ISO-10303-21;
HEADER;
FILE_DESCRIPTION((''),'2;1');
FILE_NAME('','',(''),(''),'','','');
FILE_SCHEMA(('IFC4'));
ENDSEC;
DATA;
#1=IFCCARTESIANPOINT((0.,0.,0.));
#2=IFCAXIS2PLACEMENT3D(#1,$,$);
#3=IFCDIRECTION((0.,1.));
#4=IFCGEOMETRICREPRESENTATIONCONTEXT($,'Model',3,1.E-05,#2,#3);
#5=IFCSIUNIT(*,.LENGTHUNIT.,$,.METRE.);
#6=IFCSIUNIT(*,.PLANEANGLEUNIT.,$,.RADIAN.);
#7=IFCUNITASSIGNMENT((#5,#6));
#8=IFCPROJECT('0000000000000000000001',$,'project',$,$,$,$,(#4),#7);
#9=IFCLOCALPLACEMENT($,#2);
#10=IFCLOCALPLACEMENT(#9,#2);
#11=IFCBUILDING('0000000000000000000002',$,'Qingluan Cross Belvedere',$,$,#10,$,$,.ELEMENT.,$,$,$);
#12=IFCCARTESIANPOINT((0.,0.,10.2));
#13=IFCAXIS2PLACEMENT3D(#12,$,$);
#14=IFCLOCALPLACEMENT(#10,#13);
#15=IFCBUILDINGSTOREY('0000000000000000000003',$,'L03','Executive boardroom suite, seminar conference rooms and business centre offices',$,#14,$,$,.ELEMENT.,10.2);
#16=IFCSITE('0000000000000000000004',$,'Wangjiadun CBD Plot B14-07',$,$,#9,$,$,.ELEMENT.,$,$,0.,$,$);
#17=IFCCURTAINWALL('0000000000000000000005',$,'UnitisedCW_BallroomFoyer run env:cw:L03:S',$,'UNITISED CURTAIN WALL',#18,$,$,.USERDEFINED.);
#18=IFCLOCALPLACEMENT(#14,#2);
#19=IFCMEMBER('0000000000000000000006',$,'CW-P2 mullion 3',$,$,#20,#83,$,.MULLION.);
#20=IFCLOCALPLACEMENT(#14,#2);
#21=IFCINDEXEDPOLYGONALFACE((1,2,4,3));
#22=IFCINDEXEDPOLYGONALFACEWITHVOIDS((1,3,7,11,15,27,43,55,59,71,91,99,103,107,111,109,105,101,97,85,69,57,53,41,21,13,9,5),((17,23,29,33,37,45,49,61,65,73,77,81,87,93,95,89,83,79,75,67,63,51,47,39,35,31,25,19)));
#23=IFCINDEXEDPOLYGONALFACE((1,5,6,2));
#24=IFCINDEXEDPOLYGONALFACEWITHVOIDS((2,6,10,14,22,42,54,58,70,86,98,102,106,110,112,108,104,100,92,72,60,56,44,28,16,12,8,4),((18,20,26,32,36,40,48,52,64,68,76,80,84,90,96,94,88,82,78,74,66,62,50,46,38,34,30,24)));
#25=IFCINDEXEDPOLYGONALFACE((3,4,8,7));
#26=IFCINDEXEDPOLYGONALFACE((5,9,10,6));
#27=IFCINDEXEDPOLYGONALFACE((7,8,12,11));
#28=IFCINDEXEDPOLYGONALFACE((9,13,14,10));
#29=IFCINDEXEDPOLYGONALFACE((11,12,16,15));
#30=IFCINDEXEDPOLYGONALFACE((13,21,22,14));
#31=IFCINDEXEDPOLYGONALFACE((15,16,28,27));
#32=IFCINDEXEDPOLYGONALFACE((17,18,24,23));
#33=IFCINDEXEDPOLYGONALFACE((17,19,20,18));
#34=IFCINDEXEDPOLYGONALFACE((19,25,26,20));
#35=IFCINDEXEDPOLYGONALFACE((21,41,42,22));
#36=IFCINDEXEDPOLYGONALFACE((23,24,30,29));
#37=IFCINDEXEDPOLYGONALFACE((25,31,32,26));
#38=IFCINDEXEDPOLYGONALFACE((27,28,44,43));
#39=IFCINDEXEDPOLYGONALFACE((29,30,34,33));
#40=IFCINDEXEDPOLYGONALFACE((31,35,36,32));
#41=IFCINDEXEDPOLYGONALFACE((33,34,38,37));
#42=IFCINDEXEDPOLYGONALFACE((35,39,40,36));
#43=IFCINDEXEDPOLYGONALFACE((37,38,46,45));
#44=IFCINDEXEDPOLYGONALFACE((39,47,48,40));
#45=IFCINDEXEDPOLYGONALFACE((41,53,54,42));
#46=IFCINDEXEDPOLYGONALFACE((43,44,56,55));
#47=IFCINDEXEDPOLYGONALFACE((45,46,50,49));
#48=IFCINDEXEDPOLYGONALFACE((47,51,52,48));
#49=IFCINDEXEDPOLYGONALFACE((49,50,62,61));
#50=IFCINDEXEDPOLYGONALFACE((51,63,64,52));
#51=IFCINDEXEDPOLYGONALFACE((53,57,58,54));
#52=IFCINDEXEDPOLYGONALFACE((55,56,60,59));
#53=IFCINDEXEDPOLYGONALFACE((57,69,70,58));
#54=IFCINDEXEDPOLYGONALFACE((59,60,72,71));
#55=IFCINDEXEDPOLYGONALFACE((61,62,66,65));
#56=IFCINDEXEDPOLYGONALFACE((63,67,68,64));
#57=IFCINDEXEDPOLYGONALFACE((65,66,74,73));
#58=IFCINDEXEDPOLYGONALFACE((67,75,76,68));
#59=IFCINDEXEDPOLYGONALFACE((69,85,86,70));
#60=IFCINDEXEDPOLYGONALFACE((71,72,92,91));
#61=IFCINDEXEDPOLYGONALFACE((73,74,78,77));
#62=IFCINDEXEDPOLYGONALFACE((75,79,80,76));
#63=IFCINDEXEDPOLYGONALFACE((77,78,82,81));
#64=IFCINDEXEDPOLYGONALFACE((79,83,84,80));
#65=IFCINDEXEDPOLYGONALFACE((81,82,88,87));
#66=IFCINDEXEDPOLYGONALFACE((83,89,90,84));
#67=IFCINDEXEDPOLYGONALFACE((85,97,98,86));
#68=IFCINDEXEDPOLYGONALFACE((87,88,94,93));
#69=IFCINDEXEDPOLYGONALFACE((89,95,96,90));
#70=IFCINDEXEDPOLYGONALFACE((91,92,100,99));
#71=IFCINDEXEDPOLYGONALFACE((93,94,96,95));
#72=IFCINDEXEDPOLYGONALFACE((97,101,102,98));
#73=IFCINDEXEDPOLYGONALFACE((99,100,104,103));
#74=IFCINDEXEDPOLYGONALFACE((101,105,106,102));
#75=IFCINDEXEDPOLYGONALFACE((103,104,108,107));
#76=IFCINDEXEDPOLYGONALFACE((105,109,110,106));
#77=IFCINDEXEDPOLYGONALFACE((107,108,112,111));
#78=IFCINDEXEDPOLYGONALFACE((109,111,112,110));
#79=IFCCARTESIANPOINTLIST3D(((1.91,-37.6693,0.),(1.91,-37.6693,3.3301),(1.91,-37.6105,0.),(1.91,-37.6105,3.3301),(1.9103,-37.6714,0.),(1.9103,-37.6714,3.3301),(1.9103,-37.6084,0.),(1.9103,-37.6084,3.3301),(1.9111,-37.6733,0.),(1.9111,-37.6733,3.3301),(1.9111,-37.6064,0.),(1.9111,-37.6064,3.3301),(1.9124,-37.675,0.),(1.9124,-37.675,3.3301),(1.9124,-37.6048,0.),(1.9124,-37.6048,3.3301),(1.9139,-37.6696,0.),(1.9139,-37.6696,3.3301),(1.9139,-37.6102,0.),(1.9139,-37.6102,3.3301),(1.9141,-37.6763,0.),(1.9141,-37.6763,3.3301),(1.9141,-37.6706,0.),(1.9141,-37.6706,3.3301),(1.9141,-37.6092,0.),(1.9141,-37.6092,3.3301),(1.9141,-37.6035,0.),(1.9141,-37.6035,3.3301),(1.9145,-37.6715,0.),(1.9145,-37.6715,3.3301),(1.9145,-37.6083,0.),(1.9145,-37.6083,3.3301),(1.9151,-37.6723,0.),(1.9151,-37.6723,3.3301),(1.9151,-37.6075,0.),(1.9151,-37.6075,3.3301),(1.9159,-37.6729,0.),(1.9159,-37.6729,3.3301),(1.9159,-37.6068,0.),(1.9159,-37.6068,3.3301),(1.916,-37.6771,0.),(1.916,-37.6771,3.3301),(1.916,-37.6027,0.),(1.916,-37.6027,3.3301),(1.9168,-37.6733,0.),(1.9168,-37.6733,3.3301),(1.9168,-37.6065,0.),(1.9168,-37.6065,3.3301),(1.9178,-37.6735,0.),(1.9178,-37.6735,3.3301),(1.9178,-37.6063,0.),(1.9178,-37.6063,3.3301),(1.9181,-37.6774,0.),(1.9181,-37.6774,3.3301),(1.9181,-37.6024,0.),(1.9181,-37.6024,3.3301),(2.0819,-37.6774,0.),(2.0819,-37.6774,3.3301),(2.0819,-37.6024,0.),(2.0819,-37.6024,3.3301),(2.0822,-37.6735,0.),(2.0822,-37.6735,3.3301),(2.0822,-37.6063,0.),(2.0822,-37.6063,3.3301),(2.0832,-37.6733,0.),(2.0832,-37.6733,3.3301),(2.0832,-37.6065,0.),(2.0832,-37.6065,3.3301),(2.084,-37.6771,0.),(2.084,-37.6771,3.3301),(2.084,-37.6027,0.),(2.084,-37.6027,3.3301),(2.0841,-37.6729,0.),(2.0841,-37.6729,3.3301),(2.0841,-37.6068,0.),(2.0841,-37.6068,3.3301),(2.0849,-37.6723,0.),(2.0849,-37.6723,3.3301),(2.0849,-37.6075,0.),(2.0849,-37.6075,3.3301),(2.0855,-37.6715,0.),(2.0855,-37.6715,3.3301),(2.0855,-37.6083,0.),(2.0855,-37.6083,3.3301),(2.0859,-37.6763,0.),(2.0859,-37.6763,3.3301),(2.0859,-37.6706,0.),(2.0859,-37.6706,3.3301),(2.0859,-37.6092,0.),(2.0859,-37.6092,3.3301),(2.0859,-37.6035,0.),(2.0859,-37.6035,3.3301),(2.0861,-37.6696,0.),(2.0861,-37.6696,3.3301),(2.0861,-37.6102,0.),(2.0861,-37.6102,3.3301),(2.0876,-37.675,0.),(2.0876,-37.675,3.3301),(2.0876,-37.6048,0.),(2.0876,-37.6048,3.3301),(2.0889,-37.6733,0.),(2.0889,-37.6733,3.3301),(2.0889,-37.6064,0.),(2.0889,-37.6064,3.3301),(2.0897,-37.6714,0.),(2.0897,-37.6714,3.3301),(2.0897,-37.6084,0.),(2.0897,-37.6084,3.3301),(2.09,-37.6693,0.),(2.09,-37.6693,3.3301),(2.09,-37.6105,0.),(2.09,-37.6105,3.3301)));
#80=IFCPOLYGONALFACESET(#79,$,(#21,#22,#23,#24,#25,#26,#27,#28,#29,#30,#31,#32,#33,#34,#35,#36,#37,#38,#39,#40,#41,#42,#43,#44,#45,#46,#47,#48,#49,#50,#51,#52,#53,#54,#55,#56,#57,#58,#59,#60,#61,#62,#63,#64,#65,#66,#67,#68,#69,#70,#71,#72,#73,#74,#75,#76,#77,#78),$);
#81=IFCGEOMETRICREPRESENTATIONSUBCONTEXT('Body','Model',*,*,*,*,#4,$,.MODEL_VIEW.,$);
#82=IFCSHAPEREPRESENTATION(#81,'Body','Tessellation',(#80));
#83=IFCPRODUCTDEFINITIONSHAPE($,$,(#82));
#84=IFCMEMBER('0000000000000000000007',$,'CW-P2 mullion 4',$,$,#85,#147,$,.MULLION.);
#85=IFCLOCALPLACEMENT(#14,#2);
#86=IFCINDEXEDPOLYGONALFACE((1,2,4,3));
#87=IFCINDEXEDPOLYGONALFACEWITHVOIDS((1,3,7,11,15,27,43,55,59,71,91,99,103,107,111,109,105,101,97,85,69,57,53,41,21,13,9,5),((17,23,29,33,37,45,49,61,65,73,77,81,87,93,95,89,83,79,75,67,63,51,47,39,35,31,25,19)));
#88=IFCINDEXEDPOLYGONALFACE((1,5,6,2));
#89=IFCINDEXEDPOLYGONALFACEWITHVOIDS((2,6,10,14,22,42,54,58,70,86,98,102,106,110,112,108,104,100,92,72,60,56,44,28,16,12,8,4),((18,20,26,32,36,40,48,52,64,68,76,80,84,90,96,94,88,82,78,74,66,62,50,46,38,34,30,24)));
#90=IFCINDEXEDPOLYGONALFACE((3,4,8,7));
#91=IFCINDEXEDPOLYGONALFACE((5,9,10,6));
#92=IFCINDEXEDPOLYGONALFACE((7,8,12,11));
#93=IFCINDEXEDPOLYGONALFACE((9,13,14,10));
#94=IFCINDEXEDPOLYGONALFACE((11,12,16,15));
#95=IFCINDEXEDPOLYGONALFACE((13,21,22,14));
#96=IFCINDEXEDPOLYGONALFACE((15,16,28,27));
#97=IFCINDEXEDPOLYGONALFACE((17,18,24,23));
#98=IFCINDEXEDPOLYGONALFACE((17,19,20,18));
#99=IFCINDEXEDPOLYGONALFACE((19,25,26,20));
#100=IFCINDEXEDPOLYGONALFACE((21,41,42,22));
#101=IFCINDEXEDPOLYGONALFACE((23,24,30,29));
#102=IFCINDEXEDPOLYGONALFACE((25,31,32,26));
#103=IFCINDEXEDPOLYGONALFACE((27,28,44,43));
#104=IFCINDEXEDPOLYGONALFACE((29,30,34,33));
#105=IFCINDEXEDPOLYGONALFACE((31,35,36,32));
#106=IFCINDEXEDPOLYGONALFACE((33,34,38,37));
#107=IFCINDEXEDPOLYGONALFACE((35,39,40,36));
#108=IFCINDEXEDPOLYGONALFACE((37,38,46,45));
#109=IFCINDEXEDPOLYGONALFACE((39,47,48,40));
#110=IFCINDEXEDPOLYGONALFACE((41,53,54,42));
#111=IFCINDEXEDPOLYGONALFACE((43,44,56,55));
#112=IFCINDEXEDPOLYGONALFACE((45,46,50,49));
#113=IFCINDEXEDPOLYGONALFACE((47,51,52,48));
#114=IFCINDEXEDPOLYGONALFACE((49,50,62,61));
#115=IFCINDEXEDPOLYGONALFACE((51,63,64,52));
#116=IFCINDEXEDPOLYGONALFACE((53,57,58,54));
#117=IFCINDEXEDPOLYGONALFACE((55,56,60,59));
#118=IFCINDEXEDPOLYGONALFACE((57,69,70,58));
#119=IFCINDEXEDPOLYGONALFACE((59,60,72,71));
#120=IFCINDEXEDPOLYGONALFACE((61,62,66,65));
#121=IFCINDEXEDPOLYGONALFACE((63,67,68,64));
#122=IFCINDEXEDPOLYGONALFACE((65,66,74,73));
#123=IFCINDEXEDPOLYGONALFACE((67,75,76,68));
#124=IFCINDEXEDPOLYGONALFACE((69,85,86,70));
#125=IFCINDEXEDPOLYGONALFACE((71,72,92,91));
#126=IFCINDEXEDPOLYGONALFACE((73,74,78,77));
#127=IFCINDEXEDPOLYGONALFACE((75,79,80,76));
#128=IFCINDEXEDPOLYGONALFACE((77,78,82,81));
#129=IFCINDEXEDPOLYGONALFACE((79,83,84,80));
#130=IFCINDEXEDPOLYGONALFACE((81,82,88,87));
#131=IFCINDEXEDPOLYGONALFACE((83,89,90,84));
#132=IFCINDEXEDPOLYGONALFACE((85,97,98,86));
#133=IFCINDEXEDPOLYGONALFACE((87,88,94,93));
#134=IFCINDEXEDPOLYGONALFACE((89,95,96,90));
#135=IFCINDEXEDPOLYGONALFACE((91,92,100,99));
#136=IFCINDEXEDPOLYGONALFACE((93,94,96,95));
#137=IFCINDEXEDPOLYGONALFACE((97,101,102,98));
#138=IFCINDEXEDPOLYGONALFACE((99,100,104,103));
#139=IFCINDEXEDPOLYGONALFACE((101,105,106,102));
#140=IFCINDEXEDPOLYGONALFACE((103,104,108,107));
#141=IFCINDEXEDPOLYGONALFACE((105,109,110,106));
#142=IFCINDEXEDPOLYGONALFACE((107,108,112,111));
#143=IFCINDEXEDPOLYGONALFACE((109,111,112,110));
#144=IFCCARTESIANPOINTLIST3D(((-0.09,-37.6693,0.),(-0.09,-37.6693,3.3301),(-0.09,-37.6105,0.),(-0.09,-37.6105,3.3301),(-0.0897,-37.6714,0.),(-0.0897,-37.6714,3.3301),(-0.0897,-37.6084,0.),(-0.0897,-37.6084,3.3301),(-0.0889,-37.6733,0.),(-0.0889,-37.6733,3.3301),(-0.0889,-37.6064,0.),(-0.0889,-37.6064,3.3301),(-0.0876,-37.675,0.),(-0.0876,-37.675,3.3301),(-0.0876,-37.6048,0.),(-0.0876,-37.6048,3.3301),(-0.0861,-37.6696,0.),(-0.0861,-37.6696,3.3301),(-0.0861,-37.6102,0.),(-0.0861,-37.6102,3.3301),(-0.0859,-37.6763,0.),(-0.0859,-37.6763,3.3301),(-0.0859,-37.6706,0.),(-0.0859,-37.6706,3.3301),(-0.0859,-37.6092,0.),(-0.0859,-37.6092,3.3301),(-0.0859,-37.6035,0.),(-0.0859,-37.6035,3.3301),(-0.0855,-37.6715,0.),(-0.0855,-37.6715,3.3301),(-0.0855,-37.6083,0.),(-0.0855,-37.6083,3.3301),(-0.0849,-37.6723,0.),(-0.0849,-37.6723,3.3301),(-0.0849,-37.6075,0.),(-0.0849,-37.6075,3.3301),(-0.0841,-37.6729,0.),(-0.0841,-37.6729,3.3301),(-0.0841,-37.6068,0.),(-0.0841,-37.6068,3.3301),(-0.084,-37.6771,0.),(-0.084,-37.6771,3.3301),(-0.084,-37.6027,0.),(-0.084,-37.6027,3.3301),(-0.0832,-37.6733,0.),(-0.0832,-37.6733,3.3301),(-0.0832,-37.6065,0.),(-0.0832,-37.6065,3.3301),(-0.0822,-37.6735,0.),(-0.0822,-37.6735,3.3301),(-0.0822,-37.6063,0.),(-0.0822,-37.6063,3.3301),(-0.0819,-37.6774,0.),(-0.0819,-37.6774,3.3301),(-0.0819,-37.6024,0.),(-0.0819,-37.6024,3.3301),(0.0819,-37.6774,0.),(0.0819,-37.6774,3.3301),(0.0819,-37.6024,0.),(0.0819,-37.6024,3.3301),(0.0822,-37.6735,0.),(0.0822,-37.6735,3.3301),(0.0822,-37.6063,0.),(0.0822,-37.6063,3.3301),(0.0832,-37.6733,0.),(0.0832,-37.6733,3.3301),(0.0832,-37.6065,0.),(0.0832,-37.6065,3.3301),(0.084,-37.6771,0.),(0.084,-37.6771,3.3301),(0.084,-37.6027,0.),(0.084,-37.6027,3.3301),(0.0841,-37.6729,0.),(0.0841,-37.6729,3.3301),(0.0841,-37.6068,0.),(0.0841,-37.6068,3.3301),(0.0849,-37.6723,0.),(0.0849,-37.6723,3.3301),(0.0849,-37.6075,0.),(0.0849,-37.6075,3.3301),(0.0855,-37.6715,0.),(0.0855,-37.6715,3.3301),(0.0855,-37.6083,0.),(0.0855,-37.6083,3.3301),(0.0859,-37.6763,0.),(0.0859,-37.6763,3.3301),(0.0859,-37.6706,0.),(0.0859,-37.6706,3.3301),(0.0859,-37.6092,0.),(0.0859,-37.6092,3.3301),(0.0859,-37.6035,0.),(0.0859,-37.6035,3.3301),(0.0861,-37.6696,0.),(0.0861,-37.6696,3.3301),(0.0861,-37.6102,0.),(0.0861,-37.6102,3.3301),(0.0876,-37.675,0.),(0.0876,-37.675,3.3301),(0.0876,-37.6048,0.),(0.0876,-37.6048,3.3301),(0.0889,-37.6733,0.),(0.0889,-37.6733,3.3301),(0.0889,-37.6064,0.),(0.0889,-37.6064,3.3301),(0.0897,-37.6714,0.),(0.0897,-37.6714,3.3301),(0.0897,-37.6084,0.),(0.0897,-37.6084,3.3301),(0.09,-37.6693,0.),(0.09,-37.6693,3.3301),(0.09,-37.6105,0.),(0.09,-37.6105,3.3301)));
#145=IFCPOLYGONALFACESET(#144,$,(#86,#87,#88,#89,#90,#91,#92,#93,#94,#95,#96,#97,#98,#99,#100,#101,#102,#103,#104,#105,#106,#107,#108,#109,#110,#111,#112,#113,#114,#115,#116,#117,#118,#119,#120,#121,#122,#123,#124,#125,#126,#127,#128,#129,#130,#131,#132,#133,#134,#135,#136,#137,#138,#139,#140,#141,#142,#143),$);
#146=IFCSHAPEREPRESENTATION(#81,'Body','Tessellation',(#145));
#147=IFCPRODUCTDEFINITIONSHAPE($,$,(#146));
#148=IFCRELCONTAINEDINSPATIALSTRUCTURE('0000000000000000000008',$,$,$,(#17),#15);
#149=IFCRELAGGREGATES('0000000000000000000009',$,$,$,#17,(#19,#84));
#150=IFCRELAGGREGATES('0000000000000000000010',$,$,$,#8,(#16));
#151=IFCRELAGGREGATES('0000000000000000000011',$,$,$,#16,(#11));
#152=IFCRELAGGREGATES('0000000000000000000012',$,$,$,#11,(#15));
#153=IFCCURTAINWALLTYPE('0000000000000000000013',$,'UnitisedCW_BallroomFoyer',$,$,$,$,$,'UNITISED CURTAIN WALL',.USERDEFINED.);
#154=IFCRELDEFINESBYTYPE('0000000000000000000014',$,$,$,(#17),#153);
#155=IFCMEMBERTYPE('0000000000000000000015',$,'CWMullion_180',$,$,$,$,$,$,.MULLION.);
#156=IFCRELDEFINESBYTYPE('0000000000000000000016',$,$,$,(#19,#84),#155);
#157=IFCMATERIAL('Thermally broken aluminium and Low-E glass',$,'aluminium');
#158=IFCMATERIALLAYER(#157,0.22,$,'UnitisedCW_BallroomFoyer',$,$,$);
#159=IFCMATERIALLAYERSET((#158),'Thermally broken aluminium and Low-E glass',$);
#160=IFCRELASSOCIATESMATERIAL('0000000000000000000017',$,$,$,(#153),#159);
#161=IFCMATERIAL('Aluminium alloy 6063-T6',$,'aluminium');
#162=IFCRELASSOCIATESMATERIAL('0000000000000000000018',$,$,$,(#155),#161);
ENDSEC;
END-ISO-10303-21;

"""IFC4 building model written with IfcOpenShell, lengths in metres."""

from ifc_helpers import new_model, si_unit, direction, frame, origin, origin_2d, place, context, subcontext, project, spatial, hollow_rectangle, extrude, material, layer, layer_set, material_profile, profile_set, type_object, element, aggregate, save


model = new_model("IFC4")

# Units and contexts
model_context = context("Model", 3, precision=1e-05, world=origin(), true_north=direction((0.0, 1.0)))
body_context = subcontext(model_context, "Body", "Model", "MODEL_VIEW")
ifc_project = project(units=[si_unit("LENGTHUNIT", "METRE"), si_unit("PLANEANGLEUNIT", "RADIAN")], contexts=[model_context])

# Site, building, storey
site_placement = place(None, origin())
site = spatial("IfcSite", under=ifc_project, at=site_placement, Name="Wangjiadun CBD Plot B14-07", CompositionType="ELEMENT", RefElevation=0.0)
building_placement = place(site_placement, origin())
building = spatial("IfcBuilding", under=site, at=building_placement, Name="Qingluan Cross Belvedere", CompositionType="ELEMENT")
storey_placement = place(building_placement, frame((0.0, 0.0, 10.2)))
storey = spatial("IfcBuildingStorey", under=building, at=storey_placement, Name="L03", Description="Executive boardroom suite, seminar conference rooms and business centre offices", CompositionType="ELEMENT", Elevation=10.2)

# Curtain wall, members
ifc_material_1 = material(Name="Thermally broken aluminium and Low-E glass", Category="aluminium")
ifc_layer_1 = layer(ifc_material_1, 0.22, Name="UnitisedCW_BallroomFoyer")
ifc_layer_set_1 = layer_set([ifc_layer_1], Name="Thermally broken aluminium and Low-E glass")
curtain_wall_type = type_object("IfcCurtainWallType", Name="UnitisedCW_BallroomFoyer", ElementType="UNITISED CURTAIN WALL", PredefinedType="USERDEFINED", material=ifc_layer_set_1)
curtain_wall_placement = place(storey_placement, origin())
curtain_wall = element("IfcCurtainWall", 1, at=curtain_wall_placement, inside=storey, type_object=curtain_wall_type, Name="UnitisedCW_BallroomFoyer run env:cw:L03:S", ObjectType="UNITISED CURTAIN WALL", PredefinedType="USERDEFINED")
ifc_material_2 = material(Name="Aluminium alloy 6063-T6", Category="aluminium")
ifc_material_profile_1 = material_profile(ifc_material_2, hollow_rectangle(XDim=0.075, YDim=0.1799, WallThickness=0.0039, InnerFilletRadius=0.0039, OuterFilletRadius=0.0081, at=origin_2d()), Name="CWM180x75x4")
ifc_profile_set_1 = profile_set([ifc_material_profile_1], Name="Aluminium alloy 6063-T6")
member_type_1 = type_object("IfcMemberType", Name="CWMullion_180", PredefinedType="MULLION", material=ifc_profile_set_1)
member_1_placement = place(storey_placement, frame((2.0, -37.6399, 0.0), z_axis=(0.0, 0.0, 1.0), x_axis=(0.0, -1.0, 0.0)))
member_1 = element("IfcMember", 2, at=member_1_placement, type_object=member_type_1, Name="CW-P2 mullion 3", PredefinedType="MULLION", context=body_context, shape_type="SweptSolid", body=[
    extrude(hollow_rectangle(XDim=0.075, YDim=0.1799, WallThickness=0.0039, InnerFilletRadius=0.0039, OuterFilletRadius=0.0081, at=origin_2d()), origin(), (0.0, 0.0, 1.0), 3.3301),
])
member_2_placement = place(storey_placement, frame((0.0, -37.6399, 0.0), z_axis=(0.0, 0.0, 1.0), x_axis=(0.0, -1.0, 0.0)))
member_2 = element("IfcMember", 3, at=member_2_placement, type_object=member_type_1, Name="CW-P2 mullion 4", PredefinedType="MULLION", context=body_context, shape_type="SweptSolid", body=[
    extrude(hollow_rectangle(XDim=0.075, YDim=0.1799, WallThickness=0.0039, InnerFilletRadius=0.0039, OuterFilletRadius=0.0081, at=origin_2d()), origin(), (0.0, 0.0, 1.0), 3.3301),
])
aggregate(curtain_wall, [member_1, member_2])

save(model, "model.ifc")
